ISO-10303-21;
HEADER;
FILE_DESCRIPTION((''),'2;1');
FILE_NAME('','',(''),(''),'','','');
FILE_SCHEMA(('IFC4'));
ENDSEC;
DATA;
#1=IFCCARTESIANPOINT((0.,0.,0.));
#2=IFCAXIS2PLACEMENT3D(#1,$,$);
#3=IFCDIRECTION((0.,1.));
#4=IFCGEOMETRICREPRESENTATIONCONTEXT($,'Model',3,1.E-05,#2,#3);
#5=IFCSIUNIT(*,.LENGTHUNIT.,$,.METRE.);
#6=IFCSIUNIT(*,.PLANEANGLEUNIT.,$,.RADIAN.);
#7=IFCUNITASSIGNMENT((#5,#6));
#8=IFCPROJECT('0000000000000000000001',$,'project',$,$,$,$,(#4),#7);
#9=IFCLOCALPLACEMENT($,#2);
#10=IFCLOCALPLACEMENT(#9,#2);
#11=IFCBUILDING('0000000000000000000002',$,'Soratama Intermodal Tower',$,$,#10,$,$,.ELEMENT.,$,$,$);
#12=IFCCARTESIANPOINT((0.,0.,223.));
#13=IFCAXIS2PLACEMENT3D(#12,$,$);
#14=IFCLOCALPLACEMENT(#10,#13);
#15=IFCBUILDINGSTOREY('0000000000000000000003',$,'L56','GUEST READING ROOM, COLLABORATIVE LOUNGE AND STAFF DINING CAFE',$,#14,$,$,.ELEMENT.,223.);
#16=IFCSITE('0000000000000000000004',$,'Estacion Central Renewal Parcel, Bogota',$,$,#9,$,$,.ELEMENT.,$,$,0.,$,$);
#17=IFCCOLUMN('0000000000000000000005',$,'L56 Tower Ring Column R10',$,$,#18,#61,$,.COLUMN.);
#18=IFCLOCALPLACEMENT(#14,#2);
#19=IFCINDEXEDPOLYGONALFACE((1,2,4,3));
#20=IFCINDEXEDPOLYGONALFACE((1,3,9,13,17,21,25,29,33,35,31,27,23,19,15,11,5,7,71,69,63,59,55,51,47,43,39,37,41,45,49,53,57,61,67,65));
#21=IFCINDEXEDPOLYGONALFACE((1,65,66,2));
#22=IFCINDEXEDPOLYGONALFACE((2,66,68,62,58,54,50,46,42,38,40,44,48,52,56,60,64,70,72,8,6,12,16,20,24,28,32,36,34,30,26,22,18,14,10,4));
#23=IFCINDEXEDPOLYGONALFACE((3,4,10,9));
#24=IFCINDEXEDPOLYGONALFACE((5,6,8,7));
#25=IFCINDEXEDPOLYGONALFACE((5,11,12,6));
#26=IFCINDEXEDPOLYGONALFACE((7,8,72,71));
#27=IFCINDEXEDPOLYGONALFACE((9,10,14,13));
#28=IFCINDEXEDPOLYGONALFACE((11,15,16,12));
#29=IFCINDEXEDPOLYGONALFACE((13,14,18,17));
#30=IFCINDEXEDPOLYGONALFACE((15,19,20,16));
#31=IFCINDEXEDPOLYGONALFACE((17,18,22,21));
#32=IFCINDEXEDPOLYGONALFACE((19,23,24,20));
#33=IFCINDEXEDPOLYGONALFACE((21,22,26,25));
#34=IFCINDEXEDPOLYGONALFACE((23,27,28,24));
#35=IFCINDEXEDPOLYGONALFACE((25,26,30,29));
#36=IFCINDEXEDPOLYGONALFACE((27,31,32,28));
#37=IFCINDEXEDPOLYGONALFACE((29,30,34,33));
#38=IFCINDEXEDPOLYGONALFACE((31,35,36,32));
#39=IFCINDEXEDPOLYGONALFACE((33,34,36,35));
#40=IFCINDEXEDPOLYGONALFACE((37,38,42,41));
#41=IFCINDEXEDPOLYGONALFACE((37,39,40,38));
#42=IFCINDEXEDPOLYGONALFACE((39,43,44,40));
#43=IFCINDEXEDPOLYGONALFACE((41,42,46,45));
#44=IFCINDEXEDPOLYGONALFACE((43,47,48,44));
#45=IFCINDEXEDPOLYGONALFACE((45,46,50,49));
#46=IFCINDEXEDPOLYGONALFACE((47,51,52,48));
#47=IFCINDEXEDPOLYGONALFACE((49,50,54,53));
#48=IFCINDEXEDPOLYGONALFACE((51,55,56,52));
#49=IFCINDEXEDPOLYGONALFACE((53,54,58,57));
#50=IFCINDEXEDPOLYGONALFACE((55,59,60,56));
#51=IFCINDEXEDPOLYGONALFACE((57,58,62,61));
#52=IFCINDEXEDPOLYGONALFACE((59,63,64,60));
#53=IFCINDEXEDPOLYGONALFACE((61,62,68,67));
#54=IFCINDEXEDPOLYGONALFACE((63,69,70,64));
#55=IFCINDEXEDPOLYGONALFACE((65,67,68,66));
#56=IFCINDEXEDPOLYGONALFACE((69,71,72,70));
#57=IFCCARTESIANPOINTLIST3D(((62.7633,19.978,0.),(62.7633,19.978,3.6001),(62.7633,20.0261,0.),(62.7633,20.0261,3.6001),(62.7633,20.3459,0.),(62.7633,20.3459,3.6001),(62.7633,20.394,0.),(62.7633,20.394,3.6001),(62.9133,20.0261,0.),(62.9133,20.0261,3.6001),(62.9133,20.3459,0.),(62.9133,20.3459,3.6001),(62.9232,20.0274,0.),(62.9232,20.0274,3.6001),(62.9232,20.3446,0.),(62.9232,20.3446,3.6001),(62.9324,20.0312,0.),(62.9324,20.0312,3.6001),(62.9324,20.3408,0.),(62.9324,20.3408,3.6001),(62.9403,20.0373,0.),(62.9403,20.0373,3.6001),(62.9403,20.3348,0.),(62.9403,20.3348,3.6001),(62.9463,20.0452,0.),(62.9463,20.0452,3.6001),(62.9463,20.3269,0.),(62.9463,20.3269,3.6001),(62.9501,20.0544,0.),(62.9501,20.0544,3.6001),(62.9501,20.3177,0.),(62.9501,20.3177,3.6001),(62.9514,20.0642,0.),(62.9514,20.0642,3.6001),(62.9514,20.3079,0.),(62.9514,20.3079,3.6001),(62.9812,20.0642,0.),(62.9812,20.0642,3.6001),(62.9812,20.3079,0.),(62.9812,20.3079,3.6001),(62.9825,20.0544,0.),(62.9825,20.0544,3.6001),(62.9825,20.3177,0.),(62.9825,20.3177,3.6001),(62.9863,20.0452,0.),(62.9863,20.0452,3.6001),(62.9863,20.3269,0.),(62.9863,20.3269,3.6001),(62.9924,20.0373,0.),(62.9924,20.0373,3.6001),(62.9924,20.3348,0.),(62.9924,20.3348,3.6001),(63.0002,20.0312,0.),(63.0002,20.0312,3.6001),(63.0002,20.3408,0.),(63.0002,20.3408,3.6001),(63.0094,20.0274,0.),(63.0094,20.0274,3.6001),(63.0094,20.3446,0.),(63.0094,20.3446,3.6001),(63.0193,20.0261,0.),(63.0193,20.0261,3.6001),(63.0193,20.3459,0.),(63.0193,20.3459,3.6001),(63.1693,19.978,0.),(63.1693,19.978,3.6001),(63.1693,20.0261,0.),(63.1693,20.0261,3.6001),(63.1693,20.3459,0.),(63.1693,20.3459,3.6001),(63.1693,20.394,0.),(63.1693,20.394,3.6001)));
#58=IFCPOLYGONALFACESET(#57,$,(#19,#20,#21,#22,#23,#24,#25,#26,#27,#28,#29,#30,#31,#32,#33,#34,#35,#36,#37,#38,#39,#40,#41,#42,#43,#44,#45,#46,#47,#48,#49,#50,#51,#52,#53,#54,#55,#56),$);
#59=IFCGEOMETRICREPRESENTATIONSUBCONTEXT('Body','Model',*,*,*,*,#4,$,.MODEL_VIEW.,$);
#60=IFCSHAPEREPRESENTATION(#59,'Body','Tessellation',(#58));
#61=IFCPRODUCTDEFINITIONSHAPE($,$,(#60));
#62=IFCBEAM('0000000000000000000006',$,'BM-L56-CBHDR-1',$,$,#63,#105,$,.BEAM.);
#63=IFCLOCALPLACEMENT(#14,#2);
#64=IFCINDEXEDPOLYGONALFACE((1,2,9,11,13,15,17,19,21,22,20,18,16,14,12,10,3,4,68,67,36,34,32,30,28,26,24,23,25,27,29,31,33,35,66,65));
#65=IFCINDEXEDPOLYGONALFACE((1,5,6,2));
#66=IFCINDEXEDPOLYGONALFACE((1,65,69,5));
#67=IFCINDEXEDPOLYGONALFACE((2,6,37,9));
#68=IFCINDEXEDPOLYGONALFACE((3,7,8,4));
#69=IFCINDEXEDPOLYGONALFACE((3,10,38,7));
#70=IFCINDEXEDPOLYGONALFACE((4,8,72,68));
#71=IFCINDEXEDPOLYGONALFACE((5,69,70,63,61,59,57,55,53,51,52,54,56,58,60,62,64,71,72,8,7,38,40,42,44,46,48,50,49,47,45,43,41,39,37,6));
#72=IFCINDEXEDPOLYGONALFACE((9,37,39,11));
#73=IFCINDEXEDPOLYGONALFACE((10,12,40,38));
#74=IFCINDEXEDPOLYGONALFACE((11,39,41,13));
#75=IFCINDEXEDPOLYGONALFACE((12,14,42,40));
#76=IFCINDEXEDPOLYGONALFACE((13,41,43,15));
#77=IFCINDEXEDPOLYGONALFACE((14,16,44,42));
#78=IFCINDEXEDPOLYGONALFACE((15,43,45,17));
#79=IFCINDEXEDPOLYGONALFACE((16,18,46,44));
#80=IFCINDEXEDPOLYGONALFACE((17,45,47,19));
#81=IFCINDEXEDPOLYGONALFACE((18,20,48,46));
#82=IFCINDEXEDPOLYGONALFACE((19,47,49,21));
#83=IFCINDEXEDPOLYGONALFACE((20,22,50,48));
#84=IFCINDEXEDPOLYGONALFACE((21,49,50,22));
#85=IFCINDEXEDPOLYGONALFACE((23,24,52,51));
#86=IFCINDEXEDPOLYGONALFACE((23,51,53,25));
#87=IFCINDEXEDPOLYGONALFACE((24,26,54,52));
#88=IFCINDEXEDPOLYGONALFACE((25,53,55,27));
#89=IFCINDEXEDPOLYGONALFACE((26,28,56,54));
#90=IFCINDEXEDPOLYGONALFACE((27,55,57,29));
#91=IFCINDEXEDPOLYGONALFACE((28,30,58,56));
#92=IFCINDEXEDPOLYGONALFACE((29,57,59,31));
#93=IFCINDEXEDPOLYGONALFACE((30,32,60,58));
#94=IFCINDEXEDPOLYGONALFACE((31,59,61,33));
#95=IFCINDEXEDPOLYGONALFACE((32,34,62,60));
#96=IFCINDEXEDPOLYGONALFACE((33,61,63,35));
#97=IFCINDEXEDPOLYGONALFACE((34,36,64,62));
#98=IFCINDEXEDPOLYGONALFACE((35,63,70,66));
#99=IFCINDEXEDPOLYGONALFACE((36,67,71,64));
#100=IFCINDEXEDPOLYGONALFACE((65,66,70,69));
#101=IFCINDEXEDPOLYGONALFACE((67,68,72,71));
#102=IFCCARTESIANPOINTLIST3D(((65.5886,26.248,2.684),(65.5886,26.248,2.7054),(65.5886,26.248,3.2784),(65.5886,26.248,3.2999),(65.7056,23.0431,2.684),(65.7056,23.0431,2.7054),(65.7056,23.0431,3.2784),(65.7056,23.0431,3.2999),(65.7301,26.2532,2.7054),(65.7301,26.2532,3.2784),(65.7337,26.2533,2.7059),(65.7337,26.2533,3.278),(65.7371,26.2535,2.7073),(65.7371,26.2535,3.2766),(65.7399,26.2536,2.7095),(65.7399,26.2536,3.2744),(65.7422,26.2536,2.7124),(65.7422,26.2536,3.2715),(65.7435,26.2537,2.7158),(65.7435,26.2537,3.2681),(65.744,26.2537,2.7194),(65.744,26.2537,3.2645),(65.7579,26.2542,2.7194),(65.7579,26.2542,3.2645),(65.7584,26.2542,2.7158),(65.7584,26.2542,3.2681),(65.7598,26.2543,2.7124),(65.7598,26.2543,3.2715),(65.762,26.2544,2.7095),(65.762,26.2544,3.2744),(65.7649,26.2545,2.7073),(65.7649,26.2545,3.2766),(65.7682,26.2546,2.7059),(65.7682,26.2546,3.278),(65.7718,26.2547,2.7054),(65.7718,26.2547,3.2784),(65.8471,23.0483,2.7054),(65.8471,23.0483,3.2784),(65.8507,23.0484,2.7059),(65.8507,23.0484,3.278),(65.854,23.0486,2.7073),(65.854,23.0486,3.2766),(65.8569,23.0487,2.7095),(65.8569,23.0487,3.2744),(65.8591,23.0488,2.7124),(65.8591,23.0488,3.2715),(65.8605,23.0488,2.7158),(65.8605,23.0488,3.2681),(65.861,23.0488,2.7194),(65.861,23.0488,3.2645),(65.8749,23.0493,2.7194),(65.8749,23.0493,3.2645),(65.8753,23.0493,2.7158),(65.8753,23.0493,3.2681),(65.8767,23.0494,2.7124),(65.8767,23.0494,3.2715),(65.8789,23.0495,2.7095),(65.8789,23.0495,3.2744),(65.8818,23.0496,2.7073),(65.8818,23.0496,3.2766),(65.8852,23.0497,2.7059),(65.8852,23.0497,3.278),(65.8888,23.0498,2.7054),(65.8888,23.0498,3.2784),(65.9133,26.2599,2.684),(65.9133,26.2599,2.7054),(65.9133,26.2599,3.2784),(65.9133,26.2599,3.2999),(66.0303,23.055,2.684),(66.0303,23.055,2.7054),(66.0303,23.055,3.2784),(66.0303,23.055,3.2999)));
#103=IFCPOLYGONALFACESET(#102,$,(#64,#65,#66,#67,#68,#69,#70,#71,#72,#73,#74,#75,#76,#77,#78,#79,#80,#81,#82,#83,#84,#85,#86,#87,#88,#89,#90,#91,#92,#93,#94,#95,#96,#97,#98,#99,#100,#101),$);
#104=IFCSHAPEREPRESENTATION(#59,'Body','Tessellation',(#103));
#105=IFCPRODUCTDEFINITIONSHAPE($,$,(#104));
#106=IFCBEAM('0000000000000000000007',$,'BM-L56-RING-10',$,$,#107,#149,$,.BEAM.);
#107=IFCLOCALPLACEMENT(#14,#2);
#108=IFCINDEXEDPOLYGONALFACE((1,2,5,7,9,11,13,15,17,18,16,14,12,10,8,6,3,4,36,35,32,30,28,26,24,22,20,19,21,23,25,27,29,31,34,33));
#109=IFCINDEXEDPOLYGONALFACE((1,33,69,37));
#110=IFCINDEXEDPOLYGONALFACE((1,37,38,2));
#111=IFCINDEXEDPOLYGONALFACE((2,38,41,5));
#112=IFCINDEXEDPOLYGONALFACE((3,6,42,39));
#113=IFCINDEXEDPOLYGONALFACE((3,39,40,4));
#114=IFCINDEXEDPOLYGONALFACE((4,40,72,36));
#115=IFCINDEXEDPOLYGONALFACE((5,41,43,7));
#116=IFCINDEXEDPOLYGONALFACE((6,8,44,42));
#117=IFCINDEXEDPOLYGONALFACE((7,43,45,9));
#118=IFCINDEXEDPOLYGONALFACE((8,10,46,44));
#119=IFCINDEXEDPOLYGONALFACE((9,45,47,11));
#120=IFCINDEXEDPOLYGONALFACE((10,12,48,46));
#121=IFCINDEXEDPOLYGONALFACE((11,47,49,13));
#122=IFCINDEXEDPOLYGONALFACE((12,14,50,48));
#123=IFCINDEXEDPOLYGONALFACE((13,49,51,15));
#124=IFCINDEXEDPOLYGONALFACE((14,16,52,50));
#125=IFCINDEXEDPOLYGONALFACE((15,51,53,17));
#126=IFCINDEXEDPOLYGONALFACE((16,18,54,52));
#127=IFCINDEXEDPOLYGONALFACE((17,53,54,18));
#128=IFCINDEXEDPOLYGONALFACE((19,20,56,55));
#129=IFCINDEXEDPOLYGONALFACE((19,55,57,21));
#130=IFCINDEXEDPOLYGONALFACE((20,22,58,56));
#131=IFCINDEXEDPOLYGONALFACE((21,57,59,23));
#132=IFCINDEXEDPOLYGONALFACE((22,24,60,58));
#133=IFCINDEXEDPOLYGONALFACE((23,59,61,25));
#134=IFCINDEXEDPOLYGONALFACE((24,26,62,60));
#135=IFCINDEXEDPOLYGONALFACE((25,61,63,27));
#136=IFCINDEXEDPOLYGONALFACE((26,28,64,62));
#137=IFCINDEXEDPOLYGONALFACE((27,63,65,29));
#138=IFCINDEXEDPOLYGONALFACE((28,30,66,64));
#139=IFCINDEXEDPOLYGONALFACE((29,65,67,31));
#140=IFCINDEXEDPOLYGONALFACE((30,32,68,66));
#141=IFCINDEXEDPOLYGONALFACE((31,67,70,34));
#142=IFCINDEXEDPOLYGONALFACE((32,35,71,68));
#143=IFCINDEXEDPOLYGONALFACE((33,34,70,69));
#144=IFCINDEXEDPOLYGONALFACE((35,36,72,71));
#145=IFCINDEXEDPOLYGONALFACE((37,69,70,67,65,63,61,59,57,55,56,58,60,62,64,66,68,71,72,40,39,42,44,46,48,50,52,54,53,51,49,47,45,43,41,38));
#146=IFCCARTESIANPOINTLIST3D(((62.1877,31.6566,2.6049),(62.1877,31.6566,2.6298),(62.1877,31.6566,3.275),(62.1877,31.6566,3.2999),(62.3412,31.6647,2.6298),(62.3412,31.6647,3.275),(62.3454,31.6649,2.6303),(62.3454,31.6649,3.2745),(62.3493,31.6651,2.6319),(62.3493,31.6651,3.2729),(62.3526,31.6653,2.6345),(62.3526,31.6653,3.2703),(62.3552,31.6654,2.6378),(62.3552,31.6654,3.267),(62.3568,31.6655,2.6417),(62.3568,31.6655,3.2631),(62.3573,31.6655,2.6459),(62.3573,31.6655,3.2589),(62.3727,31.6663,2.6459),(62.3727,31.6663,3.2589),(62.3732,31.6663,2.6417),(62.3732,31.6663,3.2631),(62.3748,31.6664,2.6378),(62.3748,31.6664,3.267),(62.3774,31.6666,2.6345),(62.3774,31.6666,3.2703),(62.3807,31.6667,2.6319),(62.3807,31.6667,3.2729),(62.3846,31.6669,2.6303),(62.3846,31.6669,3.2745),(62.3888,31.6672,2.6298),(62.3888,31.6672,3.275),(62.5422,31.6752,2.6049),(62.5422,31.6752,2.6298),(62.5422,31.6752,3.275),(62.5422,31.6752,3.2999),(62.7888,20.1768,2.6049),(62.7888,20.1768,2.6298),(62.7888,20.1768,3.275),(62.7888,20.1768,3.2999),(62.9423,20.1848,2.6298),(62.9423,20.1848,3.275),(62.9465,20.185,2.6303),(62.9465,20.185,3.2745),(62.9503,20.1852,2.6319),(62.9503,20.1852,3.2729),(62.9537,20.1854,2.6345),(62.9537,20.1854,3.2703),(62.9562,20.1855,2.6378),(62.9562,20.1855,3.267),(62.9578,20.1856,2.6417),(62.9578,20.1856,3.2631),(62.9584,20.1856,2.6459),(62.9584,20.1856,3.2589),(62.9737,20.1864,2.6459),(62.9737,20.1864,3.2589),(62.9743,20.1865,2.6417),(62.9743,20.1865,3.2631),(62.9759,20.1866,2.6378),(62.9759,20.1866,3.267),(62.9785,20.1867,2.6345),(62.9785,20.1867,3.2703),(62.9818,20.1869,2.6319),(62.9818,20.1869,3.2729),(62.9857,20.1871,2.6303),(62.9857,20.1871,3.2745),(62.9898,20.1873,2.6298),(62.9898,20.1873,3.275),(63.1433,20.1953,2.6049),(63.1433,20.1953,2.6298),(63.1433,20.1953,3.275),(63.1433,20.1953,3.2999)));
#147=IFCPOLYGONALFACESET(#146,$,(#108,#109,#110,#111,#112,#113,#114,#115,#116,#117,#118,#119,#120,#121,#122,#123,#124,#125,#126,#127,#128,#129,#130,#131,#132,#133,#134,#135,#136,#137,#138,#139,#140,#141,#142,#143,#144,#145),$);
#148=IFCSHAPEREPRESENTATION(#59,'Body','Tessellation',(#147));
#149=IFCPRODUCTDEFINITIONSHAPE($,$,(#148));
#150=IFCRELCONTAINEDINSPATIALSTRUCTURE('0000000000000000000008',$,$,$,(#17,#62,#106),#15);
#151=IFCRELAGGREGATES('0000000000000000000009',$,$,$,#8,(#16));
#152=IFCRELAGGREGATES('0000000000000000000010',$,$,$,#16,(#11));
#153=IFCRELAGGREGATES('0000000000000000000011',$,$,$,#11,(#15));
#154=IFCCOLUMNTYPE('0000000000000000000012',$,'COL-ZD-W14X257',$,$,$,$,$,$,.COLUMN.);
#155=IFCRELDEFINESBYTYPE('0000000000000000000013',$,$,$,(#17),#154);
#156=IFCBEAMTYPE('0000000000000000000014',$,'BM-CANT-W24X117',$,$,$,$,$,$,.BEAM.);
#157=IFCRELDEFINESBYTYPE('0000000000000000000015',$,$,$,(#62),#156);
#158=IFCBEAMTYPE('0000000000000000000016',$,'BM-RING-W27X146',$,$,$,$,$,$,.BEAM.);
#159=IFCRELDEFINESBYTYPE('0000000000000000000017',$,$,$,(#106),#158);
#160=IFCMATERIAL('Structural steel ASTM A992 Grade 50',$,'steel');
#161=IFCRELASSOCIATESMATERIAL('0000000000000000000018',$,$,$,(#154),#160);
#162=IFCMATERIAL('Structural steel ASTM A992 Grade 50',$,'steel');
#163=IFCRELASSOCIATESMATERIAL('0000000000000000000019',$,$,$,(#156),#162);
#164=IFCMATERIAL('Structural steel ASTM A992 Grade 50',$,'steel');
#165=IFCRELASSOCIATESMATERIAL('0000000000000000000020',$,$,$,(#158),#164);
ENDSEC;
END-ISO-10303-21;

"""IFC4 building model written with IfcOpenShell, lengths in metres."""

from ifc_helpers import new_model, si_unit, direction, frame, origin, origin_2d, place, context, subcontext, project, spatial, i_section, extrude, material, material_profile, profile_set, type_object, element, save


model = new_model("IFC4")

# Units and contexts
model_context = context("Model", 3, precision=1e-05, world=origin(), true_north=direction((0.0, 1.0)))
body_context = subcontext(model_context, "Body", "Model", "MODEL_VIEW")
ifc_project = project(units=[si_unit("LENGTHUNIT", "METRE"), si_unit("PLANEANGLEUNIT", "RADIAN")], contexts=[model_context])

# Site, building, storey
site_placement = place(None, origin())
site = spatial("IfcSite", under=ifc_project, at=site_placement, Name="Estacion Central Renewal Parcel, Bogota", CompositionType="ELEMENT", RefElevation=0.0)
building_placement = place(site_placement, origin())
building = spatial("IfcBuilding", under=site, at=building_placement, Name="Soratama Intermodal Tower", CompositionType="ELEMENT")
storey_placement = place(building_placement, frame((0.0, 0.0, 223.0)))
storey = spatial("IfcBuildingStorey", under=building, at=storey_placement, Name="L56", Description="GUEST READING ROOM, COLLABORATIVE LOUNGE AND STAFF DINING CAFE", CompositionType="ELEMENT", Elevation=223.0)

# Column
ifc_material_1 = material(Name="Structural steel ASTM A992 Grade 50", Category="steel")
ifc_material_profile_1 = material_profile(ifc_material_1, i_section(OverallWidth=0.406, OverallDepth=0.416, WebThickness=0.0298, FlangeThickness=0.0481, FilletRadius=0.0381, at=origin_2d()), Name="W14X257")
ifc_profile_set_1 = profile_set([ifc_material_profile_1], Name="Structural steel ASTM A992 Grade 50")
column_type = type_object("IfcColumnType", Name="COL-ZD-W14X257", PredefinedType="COLUMN", material=ifc_profile_set_1)
column_placement = place(storey_placement, frame((62.9663, 20.186, 0.0), z_axis=(0.0, 0.0, 1.0), x_axis=(1.0, 0.0, 0.0)))
element("IfcColumn", 1, at=column_placement, inside=storey, type_object=column_type, Name="L56 Tower Ring Column R10", PredefinedType="COLUMN", context=body_context, shape_type="SweptSolid", body=[
    extrude(i_section(OverallWidth=0.406, OverallDepth=0.416, WebThickness=0.0298, FlangeThickness=0.0481, FilletRadius=0.0381, at=origin_2d()), origin(), (0.0, 0.0, 1.0), 3.6001),
])

# Beams
ifc_material_2 = material(Name="Structural steel ASTM A992 Grade 50", Category="steel")
ifc_material_profile_2 = material_profile(ifc_material_2, i_section(OverallWidth=0.325, OverallDepth=0.616, WebThickness=0.0139, FlangeThickness=0.0215, FilletRadius=0.0139, at=origin_2d()), Name="W24X117")
ifc_profile_set_2 = profile_set([ifc_material_profile_2], Name="Structural steel ASTM A992 Grade 50")
beam_type_1 = type_object("IfcBeamType", Name="BM-CANT-W24X117", PredefinedType="BEAM", material=ifc_profile_set_2)
beam_1_placement = place(storey_placement, frame((65.8679, 23.0491, 2.9919), z_axis=(-0.036465, 0.999335, 0.0), x_axis=(-0.999335, -0.036465, 0.0)))
element("IfcBeam", 2, at=beam_1_placement, inside=storey, type_object=beam_type_1, Name="BM-L56-CBHDR-1", PredefinedType="BEAM", context=body_context, shape_type="SweptSolid", body=[
    extrude(i_section(OverallWidth=0.325, OverallDepth=0.616, WebThickness=0.0139, FlangeThickness=0.0215, FilletRadius=0.0139, at=origin_2d()), origin(), (0.0, 0.0, 1.0), 3.207),
])
ifc_material_3 = material(Name="Structural steel ASTM A992 Grade 50", Category="steel")
ifc_material_profile_3 = material_profile(ifc_material_3, i_section(OverallWidth=0.355, OverallDepth=0.6951, WebThickness=0.0154, FlangeThickness=0.0249, FilletRadius=0.0161, at=origin_2d()), Name="W27X146")
ifc_profile_set_3 = profile_set([ifc_material_profile_3], Name="Structural steel ASTM A992 Grade 50")
beam_type_2 = type_object("IfcBeamType", Name="BM-RING-W27X146", PredefinedType="BEAM", material=ifc_profile_set_3)
beam_2_placement = place(storey_placement, frame((62.9661, 20.186, 2.9524), z_axis=(-0.052287, 0.998632, 0.0), x_axis=(-0.998632, -0.052287, 0.0)))
element("IfcBeam", 3, at=beam_2_placement, inside=storey, type_object=beam_type_2, Name="BM-L56-RING-10", PredefinedType="BEAM", context=body_context, shape_type="SweptSolid", body=[
    extrude(i_section(OverallWidth=0.355, OverallDepth=0.6951, WebThickness=0.0154, FlangeThickness=0.0249, FilletRadius=0.0161, at=origin_2d()), origin(), (0.0, 0.0, 1.0), 11.4956),
])

save(model, "model.ifc")
